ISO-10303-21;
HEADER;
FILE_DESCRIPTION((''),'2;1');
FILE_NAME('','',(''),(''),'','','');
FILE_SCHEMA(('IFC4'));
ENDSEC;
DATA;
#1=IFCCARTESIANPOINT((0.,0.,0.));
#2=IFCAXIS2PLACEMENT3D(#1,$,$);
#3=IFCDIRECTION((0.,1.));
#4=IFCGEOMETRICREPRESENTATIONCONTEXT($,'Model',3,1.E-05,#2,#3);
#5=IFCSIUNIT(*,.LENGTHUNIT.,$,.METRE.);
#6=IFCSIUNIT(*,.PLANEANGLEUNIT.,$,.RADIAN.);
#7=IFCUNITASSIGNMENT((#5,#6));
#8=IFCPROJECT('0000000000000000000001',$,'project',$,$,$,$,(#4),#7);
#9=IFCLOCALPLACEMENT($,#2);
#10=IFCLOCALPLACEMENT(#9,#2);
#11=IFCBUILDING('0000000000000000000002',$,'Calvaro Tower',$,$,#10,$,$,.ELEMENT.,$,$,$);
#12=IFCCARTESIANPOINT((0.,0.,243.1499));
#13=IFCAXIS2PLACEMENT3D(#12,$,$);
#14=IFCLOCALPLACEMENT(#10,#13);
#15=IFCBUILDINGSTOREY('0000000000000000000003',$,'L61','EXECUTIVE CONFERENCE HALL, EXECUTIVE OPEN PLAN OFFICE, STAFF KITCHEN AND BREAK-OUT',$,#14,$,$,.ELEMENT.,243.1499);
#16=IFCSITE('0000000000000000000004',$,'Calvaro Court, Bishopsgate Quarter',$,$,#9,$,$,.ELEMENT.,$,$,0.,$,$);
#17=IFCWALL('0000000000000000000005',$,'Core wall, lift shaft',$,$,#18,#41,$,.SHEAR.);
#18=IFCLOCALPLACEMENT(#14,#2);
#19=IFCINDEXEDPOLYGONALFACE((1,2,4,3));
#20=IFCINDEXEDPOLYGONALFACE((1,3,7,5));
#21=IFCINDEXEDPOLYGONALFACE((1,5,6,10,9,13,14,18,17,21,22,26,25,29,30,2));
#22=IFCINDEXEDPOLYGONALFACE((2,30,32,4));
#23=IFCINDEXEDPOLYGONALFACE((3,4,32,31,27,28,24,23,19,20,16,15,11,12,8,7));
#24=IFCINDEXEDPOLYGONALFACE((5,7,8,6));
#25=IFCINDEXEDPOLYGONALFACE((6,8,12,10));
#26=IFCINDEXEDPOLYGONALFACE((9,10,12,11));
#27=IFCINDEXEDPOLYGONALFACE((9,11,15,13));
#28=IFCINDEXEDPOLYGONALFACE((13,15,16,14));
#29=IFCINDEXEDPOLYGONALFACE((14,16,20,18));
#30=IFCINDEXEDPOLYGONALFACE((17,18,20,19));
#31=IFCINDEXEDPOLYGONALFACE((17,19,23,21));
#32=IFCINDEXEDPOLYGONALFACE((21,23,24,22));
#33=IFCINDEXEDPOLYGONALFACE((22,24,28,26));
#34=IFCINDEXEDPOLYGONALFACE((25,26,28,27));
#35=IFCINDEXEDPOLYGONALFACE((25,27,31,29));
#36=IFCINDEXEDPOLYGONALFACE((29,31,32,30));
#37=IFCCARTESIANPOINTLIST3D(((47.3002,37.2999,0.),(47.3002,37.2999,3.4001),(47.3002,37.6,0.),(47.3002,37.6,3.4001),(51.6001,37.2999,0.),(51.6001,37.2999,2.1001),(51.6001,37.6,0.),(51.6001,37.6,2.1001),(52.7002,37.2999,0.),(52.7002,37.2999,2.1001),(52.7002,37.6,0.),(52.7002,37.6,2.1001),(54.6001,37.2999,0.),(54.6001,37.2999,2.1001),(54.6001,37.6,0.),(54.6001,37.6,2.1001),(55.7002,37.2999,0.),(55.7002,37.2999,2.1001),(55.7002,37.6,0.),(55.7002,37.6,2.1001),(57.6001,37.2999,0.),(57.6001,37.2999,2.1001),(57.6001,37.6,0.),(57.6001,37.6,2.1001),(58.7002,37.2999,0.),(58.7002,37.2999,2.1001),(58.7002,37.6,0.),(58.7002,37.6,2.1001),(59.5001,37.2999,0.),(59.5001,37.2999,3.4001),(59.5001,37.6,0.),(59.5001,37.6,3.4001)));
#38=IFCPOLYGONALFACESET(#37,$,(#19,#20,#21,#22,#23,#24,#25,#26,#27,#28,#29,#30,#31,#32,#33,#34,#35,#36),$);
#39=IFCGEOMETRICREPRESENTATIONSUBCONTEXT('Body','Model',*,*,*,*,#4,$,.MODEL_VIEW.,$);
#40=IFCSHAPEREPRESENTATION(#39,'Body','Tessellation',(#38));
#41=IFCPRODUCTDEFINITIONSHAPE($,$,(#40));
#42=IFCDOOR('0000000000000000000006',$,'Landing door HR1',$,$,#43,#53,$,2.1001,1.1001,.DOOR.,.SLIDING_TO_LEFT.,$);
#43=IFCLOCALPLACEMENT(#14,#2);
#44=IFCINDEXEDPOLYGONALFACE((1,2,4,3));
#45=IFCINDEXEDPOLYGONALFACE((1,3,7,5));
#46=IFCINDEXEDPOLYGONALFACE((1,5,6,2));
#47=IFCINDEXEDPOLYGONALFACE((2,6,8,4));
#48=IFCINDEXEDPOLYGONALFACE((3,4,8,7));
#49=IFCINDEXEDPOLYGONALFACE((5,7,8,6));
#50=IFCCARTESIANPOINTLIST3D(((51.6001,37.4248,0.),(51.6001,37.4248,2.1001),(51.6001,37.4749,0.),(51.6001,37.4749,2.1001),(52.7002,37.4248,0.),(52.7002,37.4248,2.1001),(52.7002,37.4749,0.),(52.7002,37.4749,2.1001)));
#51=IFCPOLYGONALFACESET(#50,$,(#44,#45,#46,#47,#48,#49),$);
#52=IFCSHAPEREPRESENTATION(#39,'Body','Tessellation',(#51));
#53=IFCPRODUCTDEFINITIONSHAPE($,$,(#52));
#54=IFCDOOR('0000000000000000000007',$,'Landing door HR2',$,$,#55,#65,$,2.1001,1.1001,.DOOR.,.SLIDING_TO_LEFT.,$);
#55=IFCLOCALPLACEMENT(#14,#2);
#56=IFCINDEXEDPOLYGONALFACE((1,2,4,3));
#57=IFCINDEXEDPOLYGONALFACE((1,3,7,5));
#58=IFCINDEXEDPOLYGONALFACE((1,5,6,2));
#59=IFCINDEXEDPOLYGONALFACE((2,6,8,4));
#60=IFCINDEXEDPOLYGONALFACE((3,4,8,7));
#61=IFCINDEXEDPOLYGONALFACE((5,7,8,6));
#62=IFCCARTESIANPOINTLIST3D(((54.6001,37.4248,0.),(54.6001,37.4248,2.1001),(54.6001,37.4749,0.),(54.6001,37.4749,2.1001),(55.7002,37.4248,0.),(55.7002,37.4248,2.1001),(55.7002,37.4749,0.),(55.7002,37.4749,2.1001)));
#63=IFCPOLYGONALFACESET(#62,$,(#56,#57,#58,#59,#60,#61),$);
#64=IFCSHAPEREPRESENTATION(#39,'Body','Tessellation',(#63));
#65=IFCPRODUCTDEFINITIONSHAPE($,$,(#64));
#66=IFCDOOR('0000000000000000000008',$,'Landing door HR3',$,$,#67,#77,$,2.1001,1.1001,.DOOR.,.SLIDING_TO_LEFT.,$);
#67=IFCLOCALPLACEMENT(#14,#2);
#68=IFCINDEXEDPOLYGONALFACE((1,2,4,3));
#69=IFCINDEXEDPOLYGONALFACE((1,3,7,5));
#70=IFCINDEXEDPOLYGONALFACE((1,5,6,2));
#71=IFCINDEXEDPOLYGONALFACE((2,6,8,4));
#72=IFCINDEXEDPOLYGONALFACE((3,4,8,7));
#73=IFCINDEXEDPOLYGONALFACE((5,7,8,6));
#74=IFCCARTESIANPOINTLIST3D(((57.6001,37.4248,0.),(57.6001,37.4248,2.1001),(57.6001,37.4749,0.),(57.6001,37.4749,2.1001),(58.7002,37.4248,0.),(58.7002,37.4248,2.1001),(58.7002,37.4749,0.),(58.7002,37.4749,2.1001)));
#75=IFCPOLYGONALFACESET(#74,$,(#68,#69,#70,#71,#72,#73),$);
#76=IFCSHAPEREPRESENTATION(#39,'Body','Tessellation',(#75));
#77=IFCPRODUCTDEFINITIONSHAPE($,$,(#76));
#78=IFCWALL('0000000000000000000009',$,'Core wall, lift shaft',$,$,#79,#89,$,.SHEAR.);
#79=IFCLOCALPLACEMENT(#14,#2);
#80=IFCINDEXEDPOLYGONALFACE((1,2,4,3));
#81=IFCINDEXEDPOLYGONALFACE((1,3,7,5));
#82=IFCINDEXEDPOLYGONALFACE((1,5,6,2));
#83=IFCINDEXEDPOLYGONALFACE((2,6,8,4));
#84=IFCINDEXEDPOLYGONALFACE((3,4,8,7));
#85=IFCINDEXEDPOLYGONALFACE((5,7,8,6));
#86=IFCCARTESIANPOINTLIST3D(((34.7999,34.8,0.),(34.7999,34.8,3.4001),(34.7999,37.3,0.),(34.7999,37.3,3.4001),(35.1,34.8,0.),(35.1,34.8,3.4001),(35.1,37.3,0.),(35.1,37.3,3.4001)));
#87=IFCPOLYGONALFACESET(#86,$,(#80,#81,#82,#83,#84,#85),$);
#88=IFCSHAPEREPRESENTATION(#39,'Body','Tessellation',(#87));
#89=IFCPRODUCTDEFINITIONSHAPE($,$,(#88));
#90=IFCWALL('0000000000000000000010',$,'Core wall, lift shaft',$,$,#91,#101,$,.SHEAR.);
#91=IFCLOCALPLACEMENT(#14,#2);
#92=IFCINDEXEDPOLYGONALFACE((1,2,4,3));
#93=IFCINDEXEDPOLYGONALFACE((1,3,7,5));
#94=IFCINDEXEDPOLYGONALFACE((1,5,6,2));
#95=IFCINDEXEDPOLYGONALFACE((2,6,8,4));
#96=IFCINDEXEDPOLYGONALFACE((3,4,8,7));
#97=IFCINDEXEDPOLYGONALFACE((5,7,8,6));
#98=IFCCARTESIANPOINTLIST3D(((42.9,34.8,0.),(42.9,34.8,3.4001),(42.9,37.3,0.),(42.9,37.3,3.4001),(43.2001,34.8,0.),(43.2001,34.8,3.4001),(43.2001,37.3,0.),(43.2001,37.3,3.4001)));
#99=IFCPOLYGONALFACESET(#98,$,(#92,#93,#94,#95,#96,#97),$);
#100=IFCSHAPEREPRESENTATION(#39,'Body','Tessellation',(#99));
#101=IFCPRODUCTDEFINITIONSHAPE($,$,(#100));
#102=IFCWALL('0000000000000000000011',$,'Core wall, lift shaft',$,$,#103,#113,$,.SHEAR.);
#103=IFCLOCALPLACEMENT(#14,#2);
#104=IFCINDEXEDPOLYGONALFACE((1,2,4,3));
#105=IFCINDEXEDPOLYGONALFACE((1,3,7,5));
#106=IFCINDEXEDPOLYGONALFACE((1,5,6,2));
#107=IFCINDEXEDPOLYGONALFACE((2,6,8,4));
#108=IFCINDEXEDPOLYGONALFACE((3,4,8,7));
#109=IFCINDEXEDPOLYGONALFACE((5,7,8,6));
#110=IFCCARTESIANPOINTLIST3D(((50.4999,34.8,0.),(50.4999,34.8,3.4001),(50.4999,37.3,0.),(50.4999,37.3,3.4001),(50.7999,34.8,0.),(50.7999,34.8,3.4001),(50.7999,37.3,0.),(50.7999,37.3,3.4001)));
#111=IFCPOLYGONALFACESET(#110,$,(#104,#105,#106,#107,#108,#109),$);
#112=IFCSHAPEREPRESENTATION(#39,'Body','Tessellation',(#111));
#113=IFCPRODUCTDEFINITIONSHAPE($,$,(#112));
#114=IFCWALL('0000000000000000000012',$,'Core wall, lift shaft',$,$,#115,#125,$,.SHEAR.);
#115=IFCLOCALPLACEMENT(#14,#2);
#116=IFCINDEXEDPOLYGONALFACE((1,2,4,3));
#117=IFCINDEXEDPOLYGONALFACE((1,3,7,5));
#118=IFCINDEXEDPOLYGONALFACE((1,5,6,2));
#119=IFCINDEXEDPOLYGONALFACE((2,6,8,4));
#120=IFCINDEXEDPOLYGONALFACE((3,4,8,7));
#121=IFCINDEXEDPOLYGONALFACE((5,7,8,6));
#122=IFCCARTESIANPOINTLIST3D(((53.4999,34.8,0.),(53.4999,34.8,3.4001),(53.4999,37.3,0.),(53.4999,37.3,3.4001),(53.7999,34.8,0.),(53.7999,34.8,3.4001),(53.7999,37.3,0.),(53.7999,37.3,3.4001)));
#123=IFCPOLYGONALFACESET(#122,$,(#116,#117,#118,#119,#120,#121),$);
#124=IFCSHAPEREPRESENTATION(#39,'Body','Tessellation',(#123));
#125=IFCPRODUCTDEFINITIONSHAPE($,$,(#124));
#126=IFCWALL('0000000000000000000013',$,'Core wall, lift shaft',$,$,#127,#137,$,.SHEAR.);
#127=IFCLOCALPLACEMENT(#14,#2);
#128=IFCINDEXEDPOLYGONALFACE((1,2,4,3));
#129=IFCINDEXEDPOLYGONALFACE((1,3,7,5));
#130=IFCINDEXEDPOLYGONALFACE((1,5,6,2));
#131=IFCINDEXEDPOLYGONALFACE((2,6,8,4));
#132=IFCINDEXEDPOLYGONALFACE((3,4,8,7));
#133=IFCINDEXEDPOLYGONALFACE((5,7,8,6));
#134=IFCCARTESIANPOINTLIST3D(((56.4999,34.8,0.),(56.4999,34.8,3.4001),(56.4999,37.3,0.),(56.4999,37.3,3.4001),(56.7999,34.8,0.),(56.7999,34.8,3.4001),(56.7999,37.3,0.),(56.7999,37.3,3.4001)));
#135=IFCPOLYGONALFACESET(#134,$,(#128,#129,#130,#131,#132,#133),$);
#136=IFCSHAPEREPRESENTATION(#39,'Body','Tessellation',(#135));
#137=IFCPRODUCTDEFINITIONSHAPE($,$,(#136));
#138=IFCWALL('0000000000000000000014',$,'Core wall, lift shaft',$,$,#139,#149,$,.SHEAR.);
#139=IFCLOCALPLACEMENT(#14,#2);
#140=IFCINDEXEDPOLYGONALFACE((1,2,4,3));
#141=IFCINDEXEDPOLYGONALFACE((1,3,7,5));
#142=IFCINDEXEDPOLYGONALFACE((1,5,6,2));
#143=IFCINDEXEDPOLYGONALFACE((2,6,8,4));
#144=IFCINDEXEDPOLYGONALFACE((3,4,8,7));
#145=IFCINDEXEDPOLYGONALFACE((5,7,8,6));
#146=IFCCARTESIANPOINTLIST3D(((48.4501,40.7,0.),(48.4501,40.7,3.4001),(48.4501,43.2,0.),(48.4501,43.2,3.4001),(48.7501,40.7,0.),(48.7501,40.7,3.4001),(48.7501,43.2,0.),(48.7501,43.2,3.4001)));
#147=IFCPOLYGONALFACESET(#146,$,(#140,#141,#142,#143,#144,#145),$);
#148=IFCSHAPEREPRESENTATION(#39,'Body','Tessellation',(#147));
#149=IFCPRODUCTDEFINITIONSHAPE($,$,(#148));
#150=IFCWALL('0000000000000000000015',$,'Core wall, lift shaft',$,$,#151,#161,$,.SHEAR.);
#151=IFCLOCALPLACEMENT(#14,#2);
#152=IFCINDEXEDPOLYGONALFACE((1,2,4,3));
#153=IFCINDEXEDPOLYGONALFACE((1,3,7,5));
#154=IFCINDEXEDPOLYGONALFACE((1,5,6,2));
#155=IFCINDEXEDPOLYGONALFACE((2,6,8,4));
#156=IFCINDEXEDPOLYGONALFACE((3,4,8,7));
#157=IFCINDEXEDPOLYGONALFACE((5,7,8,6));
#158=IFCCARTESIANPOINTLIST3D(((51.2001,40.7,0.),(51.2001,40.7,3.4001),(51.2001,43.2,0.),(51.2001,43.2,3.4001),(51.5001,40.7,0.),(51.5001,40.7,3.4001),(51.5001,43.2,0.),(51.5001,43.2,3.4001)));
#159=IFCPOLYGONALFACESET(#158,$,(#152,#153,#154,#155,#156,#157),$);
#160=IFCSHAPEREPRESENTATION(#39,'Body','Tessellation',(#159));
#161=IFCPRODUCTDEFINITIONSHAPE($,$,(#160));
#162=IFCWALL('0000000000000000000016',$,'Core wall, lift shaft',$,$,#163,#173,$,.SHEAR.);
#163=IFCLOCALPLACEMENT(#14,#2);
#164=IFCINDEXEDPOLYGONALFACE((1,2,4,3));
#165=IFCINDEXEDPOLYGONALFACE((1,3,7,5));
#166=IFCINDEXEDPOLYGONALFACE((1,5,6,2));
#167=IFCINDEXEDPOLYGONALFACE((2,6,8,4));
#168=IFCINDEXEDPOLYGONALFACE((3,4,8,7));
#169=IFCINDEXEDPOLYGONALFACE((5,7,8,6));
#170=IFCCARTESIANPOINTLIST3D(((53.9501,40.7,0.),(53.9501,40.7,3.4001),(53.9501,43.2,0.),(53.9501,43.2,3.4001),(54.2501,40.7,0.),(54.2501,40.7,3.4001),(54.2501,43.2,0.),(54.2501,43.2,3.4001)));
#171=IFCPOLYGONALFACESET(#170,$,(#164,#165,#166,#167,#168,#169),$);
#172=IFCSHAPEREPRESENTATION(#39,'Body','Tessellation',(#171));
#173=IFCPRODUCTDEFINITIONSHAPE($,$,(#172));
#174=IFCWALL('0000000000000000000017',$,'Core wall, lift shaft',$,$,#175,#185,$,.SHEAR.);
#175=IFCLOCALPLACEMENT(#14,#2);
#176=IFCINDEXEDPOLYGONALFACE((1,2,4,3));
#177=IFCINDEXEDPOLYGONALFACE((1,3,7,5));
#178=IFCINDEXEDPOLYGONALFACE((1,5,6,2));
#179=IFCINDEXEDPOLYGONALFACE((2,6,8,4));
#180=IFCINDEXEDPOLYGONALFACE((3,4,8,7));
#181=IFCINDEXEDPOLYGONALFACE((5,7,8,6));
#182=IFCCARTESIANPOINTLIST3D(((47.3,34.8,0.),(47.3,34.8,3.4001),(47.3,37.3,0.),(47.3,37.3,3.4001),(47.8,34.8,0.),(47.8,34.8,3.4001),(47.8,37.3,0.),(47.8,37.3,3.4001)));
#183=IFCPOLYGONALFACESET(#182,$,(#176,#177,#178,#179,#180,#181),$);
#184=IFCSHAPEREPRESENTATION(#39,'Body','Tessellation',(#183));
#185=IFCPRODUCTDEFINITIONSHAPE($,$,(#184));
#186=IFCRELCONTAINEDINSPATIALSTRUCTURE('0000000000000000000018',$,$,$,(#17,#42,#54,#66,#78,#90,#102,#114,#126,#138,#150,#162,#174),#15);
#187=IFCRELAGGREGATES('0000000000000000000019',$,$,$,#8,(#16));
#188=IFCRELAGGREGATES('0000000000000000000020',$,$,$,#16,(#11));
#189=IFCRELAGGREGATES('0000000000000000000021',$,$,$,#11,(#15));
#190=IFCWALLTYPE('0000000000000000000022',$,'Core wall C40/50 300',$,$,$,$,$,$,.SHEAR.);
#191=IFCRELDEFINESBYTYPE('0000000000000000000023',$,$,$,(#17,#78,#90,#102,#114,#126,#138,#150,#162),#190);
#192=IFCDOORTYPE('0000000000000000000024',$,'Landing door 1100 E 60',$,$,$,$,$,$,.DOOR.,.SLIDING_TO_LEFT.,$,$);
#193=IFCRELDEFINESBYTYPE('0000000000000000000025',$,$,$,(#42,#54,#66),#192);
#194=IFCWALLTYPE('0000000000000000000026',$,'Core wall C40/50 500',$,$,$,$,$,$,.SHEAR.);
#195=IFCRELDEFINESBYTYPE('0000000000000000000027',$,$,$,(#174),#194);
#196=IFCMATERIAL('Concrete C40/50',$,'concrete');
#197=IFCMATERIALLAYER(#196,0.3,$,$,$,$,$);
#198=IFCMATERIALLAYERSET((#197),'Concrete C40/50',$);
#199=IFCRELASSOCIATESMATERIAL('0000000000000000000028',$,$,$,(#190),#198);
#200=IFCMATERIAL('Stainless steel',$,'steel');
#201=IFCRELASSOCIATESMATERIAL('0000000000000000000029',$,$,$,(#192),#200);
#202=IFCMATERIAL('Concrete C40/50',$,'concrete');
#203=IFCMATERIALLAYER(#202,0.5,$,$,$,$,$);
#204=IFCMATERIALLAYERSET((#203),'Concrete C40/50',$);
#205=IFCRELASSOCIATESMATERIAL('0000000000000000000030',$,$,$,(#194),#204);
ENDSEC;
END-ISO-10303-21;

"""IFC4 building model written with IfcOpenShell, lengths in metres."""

from ifc_helpers import new_model, si_unit, direction, frame, frame_2d, origin, place, context, subcontext, project, spatial, rectangle, extrude, material, layer, layer_set, type_object, element, fill, save


model = new_model("IFC4")

# Units and contexts
model_context = context("Model", 3, precision=1e-05, world=origin(), true_north=direction((0.0, 1.0)))
body_context = subcontext(model_context, "Body", "Model", "MODEL_VIEW")
ifc_project = project(units=[si_unit("LENGTHUNIT", "METRE"), si_unit("PLANEANGLEUNIT", "RADIAN")], contexts=[model_context])

# Site, building, storey
site_placement = place(None, origin())
site = spatial("IfcSite", under=ifc_project, at=site_placement, Name="Calvaro Court, Bishopsgate Quarter", CompositionType="ELEMENT", RefElevation=0.0)
building_placement = place(site_placement, origin())
building = spatial("IfcBuilding", under=site, at=building_placement, Name="Calvaro Tower", CompositionType="ELEMENT")
storey_placement = place(building_placement, frame((0.0, 0.0, 243.1499)))
storey = spatial("IfcBuildingStorey", under=building, at=storey_placement, Name="L61", Description="EXECUTIVE CONFERENCE HALL, EXECUTIVE OPEN PLAN OFFICE, STAFF KITCHEN AND BREAK-OUT", CompositionType="ELEMENT", Elevation=243.1499)

# Shared definitions
ifc_material_1 = material(Name="Concrete C40/50", Category="concrete")
ifc_layer_1 = layer(ifc_material_1, 0.3)
ifc_layer_set_1 = layer_set([ifc_layer_1], Name="Concrete C40/50")
wall_type_1 = type_object("IfcWallType", Name="Core wall C40/50 300", PredefinedType="SHEAR", material=ifc_layer_set_1)

# Shared definitions
ifc_material_2 = material(Name="Stainless steel", Category="steel")
door_type_1 = type_object("IfcDoorType", Name="Landing door 1100 E 60", OperationType="SLIDING_TO_LEFT", PredefinedType="DOOR", material=ifc_material_2)

# Wall, openings, doors
wall_1_placement = place(storey_placement, frame((47.3, 37.45, 0.0), z_axis=(0.0, 0.0, 1.0), x_axis=(1.0, 0.0, 0.0)))
wall_1 = element("IfcWall", 1, at=wall_1_placement, inside=storey, type_object=wall_type_1, Name="Core wall, lift shaft", PredefinedType="SHEAR", context=body_context, shape_type="SweptSolid", body=[
    extrude(rectangle(XDim=12.2, YDim=0.3, at=frame_2d((6.1001, 0.0))), origin(), (0.0, 0.0, 1.0), 3.4001),
])
opening_1_placement = place(wall_1_placement, frame((4.3, 0.0, 0.0)))
opening_1 = element("IfcOpeningElement", 2, at=opening_1_placement, cuts=wall_1, PredefinedType="OPENING", context=body_context, shape_type="SweptSolid", body=[
    extrude(rectangle(XDim=1.1001, YDim=2.1001, at=frame_2d((0.55, 1.05))), frame((0.0, 0.1599, 0.0), z_axis=(0.0, -1.0, 0.0), x_axis=(1.0, 0.0, 0.0)), (0.0, 0.0, 1.0), 0.3201),
])
opening_2_placement = place(wall_1_placement, frame((7.3, 0.0, 0.0)))
opening_2 = element("IfcOpeningElement", 3, at=opening_2_placement, cuts=wall_1, PredefinedType="OPENING", context=body_context, shape_type="SweptSolid", body=[
    extrude(rectangle(XDim=1.1001, YDim=2.1001, at=frame_2d((0.55, 1.05))), frame((0.0, 0.1599, 0.0), z_axis=(0.0, -1.0, 0.0), x_axis=(1.0, 0.0, 0.0)), (0.0, 0.0, 1.0), 0.3201),
])
opening_3_placement = place(wall_1_placement, frame((10.3, 0.0, 0.0)))
opening_3 = element("IfcOpeningElement", 4, at=opening_3_placement, cuts=wall_1, PredefinedType="OPENING", context=body_context, shape_type="SweptSolid", body=[
    extrude(rectangle(XDim=1.1001, YDim=2.1001, at=frame_2d((0.55, 1.05))), frame((0.0, 0.1599, 0.0), z_axis=(0.0, -1.0, 0.0), x_axis=(1.0, 0.0, 0.0)), (0.0, 0.0, 1.0), 0.3201),
])
door_1_placement = place(opening_1_placement, origin())
door_1 = element("IfcDoor", 5, at=door_1_placement, inside=storey, type_object=door_type_1, Name="Landing door HR1", OperationType="SLIDING_TO_LEFT", OverallHeight=2.1001, OverallWidth=1.1001, PredefinedType="DOOR", context=body_context, shape_type="SweptSolid", body=[
    extrude(rectangle(XDim=1.1001, YDim=2.1001, at=frame_2d((0.55, 1.05))), frame((0.0, 0.0249, 0.0), z_axis=(0.0, -1.0, 0.0), x_axis=(1.0, 0.0, 0.0)), (0.0, 0.0, 1.0), 0.05),
])
fill(opening_1, door_1)
door_2_placement = place(opening_2_placement, origin())
door_2 = element("IfcDoor", 6, at=door_2_placement, inside=storey, type_object=door_type_1, Name="Landing door HR2", OperationType="SLIDING_TO_LEFT", OverallHeight=2.1001, OverallWidth=1.1001, PredefinedType="DOOR", context=body_context, shape_type="SweptSolid", body=[
    extrude(rectangle(XDim=1.1001, YDim=2.1001, at=frame_2d((0.55, 1.05))), frame((0.0, 0.0249, 0.0), z_axis=(0.0, -1.0, 0.0), x_axis=(1.0, 0.0, 0.0)), (0.0, 0.0, 1.0), 0.05),
])
fill(opening_2, door_2)
door_3_placement = place(opening_3_placement, origin())
door_3 = element("IfcDoor", 7, at=door_3_placement, inside=storey, type_object=door_type_1, Name="Landing door HR3", OperationType="SLIDING_TO_LEFT", OverallHeight=2.1001, OverallWidth=1.1001, PredefinedType="DOOR", context=body_context, shape_type="SweptSolid", body=[
    extrude(rectangle(XDim=1.1001, YDim=2.1001, at=frame_2d((0.55, 1.05))), frame((0.0, 0.0249, 0.0), z_axis=(0.0, -1.0, 0.0), x_axis=(1.0, 0.0, 0.0)), (0.0, 0.0, 1.0), 0.05),
])
fill(opening_3, door_3)

# Walls
for number, where, z_axis, x_axis, name in (
    (8, (34.95, 34.8, 0.0), (0.0, 0.0, 1.0), (0.0, 1.0, 0.0), "Core wall, lift shaft"),
    (9, (43.05, 34.8, 0.0), (0.0, 0.0, 1.0), (0.0, 1.0, 0.0), "Core wall, lift shaft"),
    (10, (50.6499, 34.8, 0.0), (0.0, 0.0, 1.0), (0.0, 1.0, 0.0), "Core wall, lift shaft"),
    (11, (53.6499, 34.8, 0.0), (0.0, 0.0, 1.0), (0.0, 1.0, 0.0), "Core wall, lift shaft"),
    (12, (56.6499, 34.8, 0.0), (0.0, 0.0, 1.0), (0.0, 1.0, 0.0), "Core wall, lift shaft"),
    (13, (48.6001, 40.7, 0.0), (0.0, 0.0, 1.0), (0.0, 1.0, 0.0), "Core wall, lift shaft"),
    (14, (51.3501, 40.7, 0.0), (0.0, 0.0, 1.0), (0.0, 1.0, 0.0), "Core wall, lift shaft"),
    (15, (54.1001, 40.7, 0.0), (0.0, 0.0, 1.0), (0.0, 1.0, 0.0), "Core wall, lift shaft"),
):
    element("IfcWall", number, at=place(storey_placement, frame(where, z_axis=z_axis, x_axis=x_axis)), inside=storey, type_object=wall_type_1, Name=name, PredefinedType="SHEAR", context=body_context, shape_type="SweptSolid", body=[
        extrude(rectangle(XDim=2.5, YDim=0.3, at=frame_2d((1.25, 0.0))), origin(), (0.0, 0.0, 1.0), 3.4001),
    ])
ifc_material_3 = material(Name="Concrete C40/50", Category="concrete")
ifc_layer_2 = layer(ifc_material_3, 0.5)
ifc_layer_set_2 = layer_set([ifc_layer_2], Name="Concrete C40/50")
wall_type_2 = type_object("IfcWallType", Name="Core wall C40/50 500", PredefinedType="SHEAR", material=ifc_layer_set_2)
wall_2_placement = place(storey_placement, frame((47.55, 34.8, 0.0), z_axis=(0.0, 0.0, 1.0), x_axis=(0.0, 1.0, 0.0)))
element("IfcWall", 16, at=wall_2_placement, inside=storey, type_object=wall_type_2, Name="Core wall, lift shaft", PredefinedType="SHEAR", context=body_context, shape_type="SweptSolid", body=[
    extrude(rectangle(XDim=2.5, YDim=0.5, at=frame_2d((1.25, 0.0))), origin(), (0.0, 0.0, 1.0), 3.4001),
])

save(model, "model.ifc")
